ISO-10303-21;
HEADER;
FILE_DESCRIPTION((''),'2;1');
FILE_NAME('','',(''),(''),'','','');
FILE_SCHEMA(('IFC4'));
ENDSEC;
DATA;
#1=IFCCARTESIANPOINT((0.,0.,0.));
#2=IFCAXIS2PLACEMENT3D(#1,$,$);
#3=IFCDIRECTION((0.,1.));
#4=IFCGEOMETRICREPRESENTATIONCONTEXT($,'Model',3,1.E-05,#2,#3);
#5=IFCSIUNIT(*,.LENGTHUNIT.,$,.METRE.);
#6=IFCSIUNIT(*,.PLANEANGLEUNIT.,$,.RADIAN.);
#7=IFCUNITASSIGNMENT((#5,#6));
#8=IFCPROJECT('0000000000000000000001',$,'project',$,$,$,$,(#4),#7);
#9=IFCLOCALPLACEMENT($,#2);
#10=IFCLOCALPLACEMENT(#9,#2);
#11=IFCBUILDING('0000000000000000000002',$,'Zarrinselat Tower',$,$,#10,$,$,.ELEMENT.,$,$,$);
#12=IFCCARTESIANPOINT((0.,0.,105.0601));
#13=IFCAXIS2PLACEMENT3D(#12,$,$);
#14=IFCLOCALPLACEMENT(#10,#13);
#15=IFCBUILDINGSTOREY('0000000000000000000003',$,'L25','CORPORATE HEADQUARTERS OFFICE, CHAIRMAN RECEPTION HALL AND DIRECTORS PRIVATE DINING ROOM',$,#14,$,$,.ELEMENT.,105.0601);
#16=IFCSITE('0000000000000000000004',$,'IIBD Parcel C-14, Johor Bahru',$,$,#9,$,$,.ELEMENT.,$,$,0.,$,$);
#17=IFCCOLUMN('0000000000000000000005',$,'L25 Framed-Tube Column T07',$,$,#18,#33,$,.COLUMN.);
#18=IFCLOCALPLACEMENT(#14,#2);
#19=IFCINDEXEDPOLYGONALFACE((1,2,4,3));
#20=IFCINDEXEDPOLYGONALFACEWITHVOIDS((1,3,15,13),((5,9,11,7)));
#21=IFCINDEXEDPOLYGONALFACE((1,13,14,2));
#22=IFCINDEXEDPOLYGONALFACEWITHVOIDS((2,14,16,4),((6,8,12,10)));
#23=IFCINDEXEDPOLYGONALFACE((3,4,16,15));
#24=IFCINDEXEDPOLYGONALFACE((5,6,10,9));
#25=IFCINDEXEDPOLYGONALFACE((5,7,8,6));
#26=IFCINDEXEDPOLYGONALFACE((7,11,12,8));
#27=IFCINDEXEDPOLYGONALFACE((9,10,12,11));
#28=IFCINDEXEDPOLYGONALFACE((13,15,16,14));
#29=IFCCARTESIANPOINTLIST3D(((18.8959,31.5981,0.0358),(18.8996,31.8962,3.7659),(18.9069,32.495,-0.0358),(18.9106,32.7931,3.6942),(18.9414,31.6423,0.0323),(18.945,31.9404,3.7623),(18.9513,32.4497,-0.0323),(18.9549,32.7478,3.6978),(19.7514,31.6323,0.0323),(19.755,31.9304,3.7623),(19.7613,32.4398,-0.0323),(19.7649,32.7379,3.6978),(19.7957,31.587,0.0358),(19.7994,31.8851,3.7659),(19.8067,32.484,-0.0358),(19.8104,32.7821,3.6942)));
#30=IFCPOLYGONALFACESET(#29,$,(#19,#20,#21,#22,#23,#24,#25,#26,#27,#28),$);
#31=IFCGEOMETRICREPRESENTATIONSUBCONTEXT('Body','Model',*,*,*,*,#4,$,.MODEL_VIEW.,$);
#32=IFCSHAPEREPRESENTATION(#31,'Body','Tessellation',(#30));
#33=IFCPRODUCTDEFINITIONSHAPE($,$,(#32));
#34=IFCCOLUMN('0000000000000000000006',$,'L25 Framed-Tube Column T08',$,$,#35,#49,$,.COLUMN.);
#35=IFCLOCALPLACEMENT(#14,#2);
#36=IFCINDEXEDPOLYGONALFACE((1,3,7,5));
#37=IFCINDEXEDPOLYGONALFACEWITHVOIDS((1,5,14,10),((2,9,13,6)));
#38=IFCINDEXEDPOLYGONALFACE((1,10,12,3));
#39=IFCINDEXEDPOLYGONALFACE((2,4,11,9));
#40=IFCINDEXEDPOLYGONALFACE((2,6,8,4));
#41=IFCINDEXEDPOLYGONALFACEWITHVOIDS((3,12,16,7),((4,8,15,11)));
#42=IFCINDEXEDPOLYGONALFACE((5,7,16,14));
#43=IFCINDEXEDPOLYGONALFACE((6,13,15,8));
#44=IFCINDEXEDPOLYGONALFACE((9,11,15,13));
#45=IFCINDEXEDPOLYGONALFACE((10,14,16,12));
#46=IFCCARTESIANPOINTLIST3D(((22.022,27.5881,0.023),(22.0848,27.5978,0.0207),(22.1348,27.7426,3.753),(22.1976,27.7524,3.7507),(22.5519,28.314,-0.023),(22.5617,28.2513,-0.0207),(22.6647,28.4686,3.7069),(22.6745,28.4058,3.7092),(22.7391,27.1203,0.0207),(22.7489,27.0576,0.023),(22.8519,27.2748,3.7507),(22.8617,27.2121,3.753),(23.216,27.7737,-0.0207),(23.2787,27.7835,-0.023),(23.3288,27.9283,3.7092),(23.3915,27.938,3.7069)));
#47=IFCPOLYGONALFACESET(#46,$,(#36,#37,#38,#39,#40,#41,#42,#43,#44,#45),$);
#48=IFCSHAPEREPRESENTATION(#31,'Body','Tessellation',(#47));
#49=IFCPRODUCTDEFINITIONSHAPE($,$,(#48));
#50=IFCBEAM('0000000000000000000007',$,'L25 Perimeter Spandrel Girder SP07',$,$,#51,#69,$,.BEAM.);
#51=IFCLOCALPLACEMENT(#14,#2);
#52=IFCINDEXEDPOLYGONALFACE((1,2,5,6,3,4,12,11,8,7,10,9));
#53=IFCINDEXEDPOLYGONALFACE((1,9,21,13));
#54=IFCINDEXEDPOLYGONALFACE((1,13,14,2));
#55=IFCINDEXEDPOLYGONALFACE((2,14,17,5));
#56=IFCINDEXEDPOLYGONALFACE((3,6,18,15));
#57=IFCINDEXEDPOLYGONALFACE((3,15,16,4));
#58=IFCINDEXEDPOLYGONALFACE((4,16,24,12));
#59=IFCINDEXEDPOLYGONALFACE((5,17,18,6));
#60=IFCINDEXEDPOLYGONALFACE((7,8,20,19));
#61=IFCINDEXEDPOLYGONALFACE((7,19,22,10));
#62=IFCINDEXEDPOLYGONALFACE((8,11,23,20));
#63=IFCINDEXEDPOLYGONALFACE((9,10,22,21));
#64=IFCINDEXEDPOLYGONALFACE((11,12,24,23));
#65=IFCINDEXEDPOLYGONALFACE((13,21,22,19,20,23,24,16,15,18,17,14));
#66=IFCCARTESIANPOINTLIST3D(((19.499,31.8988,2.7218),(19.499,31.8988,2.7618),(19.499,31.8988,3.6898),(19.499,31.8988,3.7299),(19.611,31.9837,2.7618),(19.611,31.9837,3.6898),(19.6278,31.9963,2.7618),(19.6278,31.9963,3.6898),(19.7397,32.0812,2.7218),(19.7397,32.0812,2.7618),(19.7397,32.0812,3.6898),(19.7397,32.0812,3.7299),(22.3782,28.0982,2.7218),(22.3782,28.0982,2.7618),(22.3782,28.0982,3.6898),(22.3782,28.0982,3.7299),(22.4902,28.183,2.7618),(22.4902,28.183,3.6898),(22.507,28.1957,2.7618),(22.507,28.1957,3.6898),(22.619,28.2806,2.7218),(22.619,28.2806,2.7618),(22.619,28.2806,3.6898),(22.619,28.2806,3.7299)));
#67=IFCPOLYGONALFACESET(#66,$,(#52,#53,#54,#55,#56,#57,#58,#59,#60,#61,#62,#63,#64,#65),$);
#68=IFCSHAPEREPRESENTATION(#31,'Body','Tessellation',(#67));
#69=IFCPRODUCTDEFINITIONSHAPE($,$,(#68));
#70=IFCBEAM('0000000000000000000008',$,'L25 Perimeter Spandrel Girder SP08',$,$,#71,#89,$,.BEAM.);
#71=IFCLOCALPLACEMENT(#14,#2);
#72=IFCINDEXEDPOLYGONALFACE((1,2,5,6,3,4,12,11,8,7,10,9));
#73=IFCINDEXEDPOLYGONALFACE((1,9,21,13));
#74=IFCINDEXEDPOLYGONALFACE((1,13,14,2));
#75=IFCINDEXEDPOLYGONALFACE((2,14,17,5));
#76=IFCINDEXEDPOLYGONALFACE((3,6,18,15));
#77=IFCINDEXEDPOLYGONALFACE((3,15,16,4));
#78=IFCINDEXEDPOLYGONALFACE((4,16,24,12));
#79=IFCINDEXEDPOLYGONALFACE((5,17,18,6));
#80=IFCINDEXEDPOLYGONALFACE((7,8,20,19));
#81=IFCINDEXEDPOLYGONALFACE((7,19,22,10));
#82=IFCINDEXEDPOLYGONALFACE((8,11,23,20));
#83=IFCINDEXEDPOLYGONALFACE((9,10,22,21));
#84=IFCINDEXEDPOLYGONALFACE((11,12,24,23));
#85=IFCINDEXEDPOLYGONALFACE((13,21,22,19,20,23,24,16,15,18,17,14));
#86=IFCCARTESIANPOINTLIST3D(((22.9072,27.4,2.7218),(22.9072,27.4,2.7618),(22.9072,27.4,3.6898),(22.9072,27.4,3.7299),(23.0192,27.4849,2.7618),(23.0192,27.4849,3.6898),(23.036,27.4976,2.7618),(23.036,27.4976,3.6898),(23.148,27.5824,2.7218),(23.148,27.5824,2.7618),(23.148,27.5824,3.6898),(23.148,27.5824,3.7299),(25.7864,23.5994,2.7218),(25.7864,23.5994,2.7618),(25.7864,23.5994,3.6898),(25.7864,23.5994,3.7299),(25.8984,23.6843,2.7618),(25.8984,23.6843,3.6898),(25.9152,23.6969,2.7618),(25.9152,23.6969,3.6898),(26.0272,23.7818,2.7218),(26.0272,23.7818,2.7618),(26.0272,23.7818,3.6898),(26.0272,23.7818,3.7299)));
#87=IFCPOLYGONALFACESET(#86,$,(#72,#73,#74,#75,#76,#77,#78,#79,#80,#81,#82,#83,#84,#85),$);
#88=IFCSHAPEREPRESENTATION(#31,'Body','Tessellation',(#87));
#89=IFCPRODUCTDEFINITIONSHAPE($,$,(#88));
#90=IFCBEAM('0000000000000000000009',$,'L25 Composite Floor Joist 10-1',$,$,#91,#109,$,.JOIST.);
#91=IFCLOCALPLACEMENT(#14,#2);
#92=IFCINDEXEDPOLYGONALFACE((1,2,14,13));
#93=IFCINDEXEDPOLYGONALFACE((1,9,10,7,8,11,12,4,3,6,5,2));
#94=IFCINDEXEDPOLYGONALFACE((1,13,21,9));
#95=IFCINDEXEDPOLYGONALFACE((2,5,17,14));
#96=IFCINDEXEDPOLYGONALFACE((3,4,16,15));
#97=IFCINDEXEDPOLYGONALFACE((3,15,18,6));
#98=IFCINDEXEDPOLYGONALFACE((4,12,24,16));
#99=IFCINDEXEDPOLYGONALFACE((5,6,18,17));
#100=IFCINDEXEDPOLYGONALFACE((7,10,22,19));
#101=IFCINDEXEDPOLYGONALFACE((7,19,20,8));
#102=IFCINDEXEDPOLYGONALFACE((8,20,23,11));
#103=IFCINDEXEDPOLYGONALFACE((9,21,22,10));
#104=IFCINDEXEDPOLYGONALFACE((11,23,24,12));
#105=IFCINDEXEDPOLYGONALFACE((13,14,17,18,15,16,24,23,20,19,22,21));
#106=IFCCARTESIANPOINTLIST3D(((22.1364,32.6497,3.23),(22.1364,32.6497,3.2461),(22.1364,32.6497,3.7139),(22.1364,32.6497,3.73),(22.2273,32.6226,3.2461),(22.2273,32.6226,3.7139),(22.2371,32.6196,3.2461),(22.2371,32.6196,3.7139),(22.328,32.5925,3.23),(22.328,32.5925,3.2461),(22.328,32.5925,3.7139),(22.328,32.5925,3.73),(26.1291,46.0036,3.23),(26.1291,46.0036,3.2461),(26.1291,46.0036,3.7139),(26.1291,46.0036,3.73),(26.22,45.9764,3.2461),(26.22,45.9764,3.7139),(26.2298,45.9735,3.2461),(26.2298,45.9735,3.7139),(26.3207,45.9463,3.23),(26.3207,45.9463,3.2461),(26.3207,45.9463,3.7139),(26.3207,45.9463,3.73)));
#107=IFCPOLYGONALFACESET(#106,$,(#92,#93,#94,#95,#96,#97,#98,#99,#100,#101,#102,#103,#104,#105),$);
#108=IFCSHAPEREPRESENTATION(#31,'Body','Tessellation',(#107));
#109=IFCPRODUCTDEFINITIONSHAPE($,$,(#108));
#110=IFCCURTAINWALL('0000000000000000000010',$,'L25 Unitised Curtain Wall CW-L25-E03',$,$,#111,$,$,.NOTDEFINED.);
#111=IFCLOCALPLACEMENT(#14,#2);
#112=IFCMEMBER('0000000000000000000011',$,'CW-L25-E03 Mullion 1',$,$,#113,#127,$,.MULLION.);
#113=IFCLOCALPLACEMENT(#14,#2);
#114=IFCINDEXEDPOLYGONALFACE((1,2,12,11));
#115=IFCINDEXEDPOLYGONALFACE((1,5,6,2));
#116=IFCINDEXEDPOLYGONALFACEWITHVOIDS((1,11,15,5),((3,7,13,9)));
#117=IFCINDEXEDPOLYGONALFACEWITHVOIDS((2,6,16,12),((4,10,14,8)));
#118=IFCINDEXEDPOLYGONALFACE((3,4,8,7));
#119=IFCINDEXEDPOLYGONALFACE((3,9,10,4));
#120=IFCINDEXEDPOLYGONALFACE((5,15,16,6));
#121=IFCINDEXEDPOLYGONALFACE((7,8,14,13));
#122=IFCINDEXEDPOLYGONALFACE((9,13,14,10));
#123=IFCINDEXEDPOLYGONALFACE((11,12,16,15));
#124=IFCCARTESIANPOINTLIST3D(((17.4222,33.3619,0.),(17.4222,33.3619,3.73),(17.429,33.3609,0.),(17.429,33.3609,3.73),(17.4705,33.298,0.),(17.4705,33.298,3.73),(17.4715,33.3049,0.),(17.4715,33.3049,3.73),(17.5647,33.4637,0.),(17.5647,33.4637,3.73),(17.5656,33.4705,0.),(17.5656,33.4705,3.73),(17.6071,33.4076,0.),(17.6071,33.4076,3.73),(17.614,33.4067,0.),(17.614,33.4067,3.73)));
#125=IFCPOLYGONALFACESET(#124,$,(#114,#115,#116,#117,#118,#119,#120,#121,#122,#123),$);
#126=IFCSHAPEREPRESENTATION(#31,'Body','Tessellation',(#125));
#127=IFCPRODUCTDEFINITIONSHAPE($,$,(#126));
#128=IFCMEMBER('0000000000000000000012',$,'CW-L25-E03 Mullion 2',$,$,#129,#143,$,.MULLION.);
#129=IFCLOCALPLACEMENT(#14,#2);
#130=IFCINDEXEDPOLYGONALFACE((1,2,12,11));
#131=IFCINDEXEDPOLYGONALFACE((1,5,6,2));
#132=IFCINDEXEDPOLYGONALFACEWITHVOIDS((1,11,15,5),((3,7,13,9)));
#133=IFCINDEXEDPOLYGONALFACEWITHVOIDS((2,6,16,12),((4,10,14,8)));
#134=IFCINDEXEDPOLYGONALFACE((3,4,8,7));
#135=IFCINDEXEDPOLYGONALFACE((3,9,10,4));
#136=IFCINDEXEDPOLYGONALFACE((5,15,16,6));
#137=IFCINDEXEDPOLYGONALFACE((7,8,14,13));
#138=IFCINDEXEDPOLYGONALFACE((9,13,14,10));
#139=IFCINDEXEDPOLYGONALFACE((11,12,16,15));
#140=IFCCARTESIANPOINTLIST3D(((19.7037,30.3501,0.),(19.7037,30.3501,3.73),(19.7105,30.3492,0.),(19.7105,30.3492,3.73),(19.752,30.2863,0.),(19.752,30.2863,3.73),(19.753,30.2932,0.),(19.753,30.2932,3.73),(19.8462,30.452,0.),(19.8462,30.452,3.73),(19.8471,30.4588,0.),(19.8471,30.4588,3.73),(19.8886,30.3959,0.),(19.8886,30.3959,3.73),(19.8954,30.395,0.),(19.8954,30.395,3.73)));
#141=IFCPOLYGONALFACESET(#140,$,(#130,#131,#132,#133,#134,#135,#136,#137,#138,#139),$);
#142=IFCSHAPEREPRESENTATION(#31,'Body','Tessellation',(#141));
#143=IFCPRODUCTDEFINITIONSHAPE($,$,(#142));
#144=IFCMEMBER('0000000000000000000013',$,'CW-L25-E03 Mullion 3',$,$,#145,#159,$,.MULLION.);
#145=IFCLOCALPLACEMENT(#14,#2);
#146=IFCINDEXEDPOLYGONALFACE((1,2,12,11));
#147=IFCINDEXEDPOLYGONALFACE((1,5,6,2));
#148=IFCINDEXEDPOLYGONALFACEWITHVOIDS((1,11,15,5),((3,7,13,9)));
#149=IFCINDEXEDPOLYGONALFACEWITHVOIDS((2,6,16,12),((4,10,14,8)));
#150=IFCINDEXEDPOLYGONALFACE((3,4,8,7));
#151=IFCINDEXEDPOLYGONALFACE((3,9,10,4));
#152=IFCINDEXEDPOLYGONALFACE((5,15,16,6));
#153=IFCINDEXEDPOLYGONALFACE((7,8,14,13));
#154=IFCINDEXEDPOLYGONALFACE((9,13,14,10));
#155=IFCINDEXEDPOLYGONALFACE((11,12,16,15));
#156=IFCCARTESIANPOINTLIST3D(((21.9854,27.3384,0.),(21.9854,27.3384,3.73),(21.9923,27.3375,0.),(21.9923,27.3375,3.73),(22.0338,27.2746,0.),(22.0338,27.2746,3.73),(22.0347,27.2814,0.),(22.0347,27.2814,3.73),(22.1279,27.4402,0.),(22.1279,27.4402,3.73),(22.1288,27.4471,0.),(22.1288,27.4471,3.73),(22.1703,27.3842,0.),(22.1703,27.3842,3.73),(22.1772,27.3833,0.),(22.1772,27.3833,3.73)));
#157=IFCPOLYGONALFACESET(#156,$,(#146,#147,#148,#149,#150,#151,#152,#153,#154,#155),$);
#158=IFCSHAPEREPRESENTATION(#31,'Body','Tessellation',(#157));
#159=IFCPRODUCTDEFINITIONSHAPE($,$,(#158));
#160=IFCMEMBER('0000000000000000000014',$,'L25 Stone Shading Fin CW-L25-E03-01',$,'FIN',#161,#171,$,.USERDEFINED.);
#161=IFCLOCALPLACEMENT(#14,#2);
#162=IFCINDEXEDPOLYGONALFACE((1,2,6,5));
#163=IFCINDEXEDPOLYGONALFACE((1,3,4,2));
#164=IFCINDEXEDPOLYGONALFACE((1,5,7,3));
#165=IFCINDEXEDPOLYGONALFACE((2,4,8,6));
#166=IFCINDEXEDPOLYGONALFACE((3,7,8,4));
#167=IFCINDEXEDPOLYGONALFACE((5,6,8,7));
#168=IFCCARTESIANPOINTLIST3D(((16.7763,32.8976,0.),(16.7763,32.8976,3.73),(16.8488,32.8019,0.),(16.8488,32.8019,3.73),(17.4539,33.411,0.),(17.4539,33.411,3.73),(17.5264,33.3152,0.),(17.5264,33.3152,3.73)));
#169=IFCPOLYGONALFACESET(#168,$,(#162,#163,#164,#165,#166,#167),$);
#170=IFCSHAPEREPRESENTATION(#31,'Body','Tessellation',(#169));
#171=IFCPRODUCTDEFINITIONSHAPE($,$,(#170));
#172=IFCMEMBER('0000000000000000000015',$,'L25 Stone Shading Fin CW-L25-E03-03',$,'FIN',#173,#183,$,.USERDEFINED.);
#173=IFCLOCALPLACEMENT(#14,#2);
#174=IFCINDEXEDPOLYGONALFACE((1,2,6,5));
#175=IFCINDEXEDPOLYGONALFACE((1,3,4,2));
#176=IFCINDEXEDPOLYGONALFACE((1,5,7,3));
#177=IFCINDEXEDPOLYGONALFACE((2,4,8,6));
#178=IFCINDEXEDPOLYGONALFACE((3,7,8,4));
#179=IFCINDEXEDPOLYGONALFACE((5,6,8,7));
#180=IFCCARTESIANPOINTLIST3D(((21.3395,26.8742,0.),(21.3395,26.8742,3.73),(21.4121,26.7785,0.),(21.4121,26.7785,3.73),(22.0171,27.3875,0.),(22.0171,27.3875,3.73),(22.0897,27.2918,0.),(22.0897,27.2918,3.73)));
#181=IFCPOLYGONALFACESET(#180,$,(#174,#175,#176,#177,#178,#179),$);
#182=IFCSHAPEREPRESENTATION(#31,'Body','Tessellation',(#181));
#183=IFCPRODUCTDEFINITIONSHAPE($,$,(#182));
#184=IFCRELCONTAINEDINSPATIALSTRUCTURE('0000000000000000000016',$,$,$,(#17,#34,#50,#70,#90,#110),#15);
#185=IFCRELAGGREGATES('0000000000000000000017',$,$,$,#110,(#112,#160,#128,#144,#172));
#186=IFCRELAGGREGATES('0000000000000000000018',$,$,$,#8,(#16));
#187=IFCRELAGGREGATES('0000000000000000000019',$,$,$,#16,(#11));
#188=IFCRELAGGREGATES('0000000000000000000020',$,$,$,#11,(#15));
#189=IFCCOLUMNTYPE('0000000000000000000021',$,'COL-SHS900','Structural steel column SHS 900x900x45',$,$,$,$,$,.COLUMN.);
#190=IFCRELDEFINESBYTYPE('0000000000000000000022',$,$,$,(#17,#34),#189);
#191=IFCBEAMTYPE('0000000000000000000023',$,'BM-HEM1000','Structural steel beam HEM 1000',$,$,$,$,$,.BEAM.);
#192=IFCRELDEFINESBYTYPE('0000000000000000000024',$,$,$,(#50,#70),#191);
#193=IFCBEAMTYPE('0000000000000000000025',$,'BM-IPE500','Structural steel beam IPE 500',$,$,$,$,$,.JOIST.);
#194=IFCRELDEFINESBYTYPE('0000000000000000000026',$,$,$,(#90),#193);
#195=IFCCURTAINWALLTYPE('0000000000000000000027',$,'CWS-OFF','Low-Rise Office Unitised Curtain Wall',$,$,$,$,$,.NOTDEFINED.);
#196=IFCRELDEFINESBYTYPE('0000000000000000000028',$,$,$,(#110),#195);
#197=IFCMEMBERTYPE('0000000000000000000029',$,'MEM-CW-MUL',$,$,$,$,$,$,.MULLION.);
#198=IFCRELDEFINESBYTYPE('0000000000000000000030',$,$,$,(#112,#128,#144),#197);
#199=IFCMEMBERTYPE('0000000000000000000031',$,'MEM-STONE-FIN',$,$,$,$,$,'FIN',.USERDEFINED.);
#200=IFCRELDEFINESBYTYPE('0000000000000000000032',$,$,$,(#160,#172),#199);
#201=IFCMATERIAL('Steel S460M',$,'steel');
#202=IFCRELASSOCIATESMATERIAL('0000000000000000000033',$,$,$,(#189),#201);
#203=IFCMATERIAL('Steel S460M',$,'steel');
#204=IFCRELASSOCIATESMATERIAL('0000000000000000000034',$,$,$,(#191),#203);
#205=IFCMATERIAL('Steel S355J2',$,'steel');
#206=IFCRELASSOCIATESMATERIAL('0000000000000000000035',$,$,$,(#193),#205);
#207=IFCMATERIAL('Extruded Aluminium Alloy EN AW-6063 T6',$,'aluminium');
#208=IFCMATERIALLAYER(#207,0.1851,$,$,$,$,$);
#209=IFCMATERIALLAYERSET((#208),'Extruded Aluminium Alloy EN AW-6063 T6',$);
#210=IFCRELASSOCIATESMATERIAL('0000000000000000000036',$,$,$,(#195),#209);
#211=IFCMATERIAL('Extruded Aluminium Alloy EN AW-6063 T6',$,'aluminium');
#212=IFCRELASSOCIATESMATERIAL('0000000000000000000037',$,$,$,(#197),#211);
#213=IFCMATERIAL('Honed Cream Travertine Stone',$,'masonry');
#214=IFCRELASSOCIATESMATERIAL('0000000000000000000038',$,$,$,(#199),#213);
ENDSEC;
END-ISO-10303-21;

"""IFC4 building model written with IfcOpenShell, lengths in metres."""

from ifc_helpers import new_model, si_unit, direction, frame, origin, origin_2d, place, context, subcontext, project, spatial, rectangle, hollow_rectangle, i_section, extrude, material, layer, layer_set, material_profile, profile_set, type_object, element, aggregate, save


model = new_model("IFC4")

# Units and contexts
model_context = context("Model", 3, precision=1e-05, world=origin(), true_north=direction((0.0, 1.0)))
body_context = subcontext(model_context, "Body", "Model", "MODEL_VIEW")
ifc_project = project(units=[si_unit("LENGTHUNIT", "METRE"), si_unit("PLANEANGLEUNIT", "RADIAN")], contexts=[model_context])

# Site, building, storey
site_placement = place(None, origin())
site = spatial("IfcSite", under=ifc_project, at=site_placement, Name="IIBD Parcel C-14, Johor Bahru", CompositionType="ELEMENT", RefElevation=0.0)
building_placement = place(site_placement, origin())
building = spatial("IfcBuilding", under=site, at=building_placement, Name="Zarrinselat Tower", CompositionType="ELEMENT")
storey_placement = place(building_placement, frame((0.0, 0.0, 105.0601)))
storey = spatial("IfcBuildingStorey", under=building, at=storey_placement, Name="L25", Description="CORPORATE HEADQUARTERS OFFICE, CHAIRMAN RECEPTION HALL AND DIRECTORS PRIVATE DINING ROOM", CompositionType="ELEMENT", Elevation=105.0601)

# Columns
ifc_material_1 = material(Name="Steel S460M", Category="steel")
ifc_material_profile_1 = material_profile(ifc_material_1, hollow_rectangle(XDim=0.8999, YDim=0.8999, WallThickness=0.0449, at=origin_2d()), Name="SHS 900x900x45")
ifc_profile_set_1 = profile_set([ifc_material_profile_1], Name="Steel S460M")
column_type = type_object("IfcColumnType", Name="COL-SHS900", Description="Structural steel column SHS 900x900x45", PredefinedType="COLUMN", material=ifc_profile_set_1)
column_1_placement = place(storey_placement, frame((19.3513, 32.041, 0.0), z_axis=(0.000979, 0.079665, 0.996821), x_axis=(-0.999925, 0.012284, 0.0)))
element("IfcColumn", 1, at=column_1_placement, inside=storey, type_object=column_type, Name="L25 Framed-Tube Column T07", PredefinedType="COLUMN", context=body_context, shape_type="SweptSolid", body=[
    extrude(hollow_rectangle(XDim=0.8999, YDim=0.8999, WallThickness=0.0449, at=origin_2d()), origin(), (0.0, 0.0, 1.0), 3.7419),
])
column_2_placement = place(storey_placement, frame((22.6504, 27.6858, 0.0), z_axis=(0.0302, 0.041378, 0.998687), x_axis=(-0.807742, 0.589537, 0.0)))
element("IfcColumn", 2, at=column_2_placement, inside=storey, type_object=column_type, Name="L25 Framed-Tube Column T08", PredefinedType="COLUMN", context=body_context, shape_type="SweptSolid", body=[
    extrude(hollow_rectangle(XDim=0.8999, YDim=0.8999, WallThickness=0.0449, at=origin_2d()), origin(), (0.0, 0.0, 1.0), 3.7349),
])

# Beams
ifc_material_2 = material(Name="Steel S460M", Category="steel")
ifc_material_profile_2 = material_profile(ifc_material_2, i_section(OverallWidth=0.302, OverallDepth=1.0081, WebThickness=0.021, FlangeThickness=0.04, at=origin_2d()), Name="HEM 1000")
ifc_profile_set_2 = profile_set([ifc_material_profile_2], Name="Steel S460M")
beam_type_1 = type_object("IfcBeamType", Name="BM-HEM1000", Description="Structural steel beam HEM 1000", PredefinedType="BEAM", material=ifc_profile_set_2)
for number, where, z_axis, x_axis, name in (
    (3, (19.6194, 31.99, 3.2258), (0.603852, -0.797097, 0.0), (0.797097, 0.603852, 0.0), "L25 Perimeter Spandrel Girder SP07"),
    (4, (23.0276, 27.4912, 3.2258), (0.603852, -0.797097, 0.0), (0.797097, 0.603852, 0.0), "L25 Perimeter Spandrel Girder SP08"),
):
    element("IfcBeam", number, at=place(storey_placement, frame(where, z_axis=z_axis, x_axis=x_axis)), inside=storey, type_object=beam_type_1, Name=name, PredefinedType="BEAM", context=body_context, shape_type="SweptSolid", body=[
        extrude(i_section(OverallWidth=0.302, OverallDepth=1.0081, WebThickness=0.021, FlangeThickness=0.04, at=origin_2d()), origin(), (0.0, 0.0, 1.0), 4.7681),
    ])
ifc_material_3 = material(Name="Steel S355J2", Category="steel")
ifc_material_profile_3 = material_profile(ifc_material_3, i_section(OverallWidth=0.2, OverallDepth=0.5, WebThickness=0.0103, FlangeThickness=0.0161, at=origin_2d()), Name="IPE 500")
ifc_profile_set_3 = profile_set([ifc_material_profile_3], Name="Steel S355J2")
beam_type_2 = type_object("IfcBeamType", Name="BM-IPE500", Description="Structural steel beam IPE 500", PredefinedType="JOIST", material=ifc_profile_set_3)
beam_placement = place(storey_placement, frame((22.2322, 32.6211, 3.48), z_axis=(0.286462, 0.958092, 0.0), x_axis=(-0.958092, 0.286462, 0.0)))
element("IfcBeam", 5, at=beam_placement, inside=storey, type_object=beam_type_2, Name="L25 Composite Floor Joist 10-1", PredefinedType="JOIST", context=body_context, shape_type="SweptSolid", body=[
    extrude(i_section(OverallWidth=0.2, OverallDepth=0.5, WebThickness=0.0103, FlangeThickness=0.0161, at=origin_2d()), origin(), (0.0, 0.0, 1.0), 13.938),
])

# Curtain wall, members
ifc_material_4 = material(Name="Extruded Aluminium Alloy EN AW-6063 T6", Category="aluminium")
ifc_layer_1 = layer(ifc_material_4, 0.1851)
ifc_layer_set_1 = layer_set([ifc_layer_1], Name="Extruded Aluminium Alloy EN AW-6063 T6")
curtain_wall_type = type_object("IfcCurtainWallType", Name="CWS-OFF", Description="Low-Rise Office Unitised Curtain Wall", PredefinedType="NOTDEFINED", material=ifc_layer_set_1)
curtain_wall_placement = place(storey_placement, origin())
curtain_wall = element("IfcCurtainWall", 6, at=curtain_wall_placement, inside=storey, type_object=curtain_wall_type, Name="L25 Unitised Curtain Wall CW-L25-E03", PredefinedType="NOTDEFINED")
ifc_material_5 = material(Name="Extruded Aluminium Alloy EN AW-6063 T6", Category="aluminium")
ifc_material_profile_4 = material_profile(ifc_material_5, hollow_rectangle(XDim=0.0801, YDim=0.1799, WallThickness=0.0049, at=origin_2d()), Name="RHS 180x80x5")
ifc_profile_set_4 = profile_set([ifc_material_profile_4], Name="Extruded Aluminium Alloy EN AW-6063 T6")
member_type_1 = type_object("IfcMemberType", Name="MEM-CW-MUL", PredefinedType="MULLION", material=ifc_profile_set_4)
member_1_placement = place(storey_placement, frame((17.5181, 33.3843, 0.0), z_axis=(0.0, 0.0, 1.0), x_axis=(0.603858, -0.797092, 0.0)))
member_1 = element("IfcMember", 7, at=member_1_placement, type_object=member_type_1, Name="CW-L25-E03 Mullion 1", PredefinedType="MULLION", context=body_context, shape_type="SweptSolid", body=[
    extrude(hollow_rectangle(XDim=0.0801, YDim=0.1799, WallThickness=0.0049, at=origin_2d()), origin(), (0.0, 0.0, 1.0), 3.73),
])
member_2_placement = place(storey_placement, frame((19.7996, 30.3726, 0.0), z_axis=(0.0, 0.0, 1.0), x_axis=(0.603858, -0.797092, 0.0)))
member_2 = element("IfcMember", 8, at=member_2_placement, type_object=member_type_1, Name="CW-L25-E03 Mullion 2", PredefinedType="MULLION", context=body_context, shape_type="SweptSolid", body=[
    extrude(hollow_rectangle(XDim=0.0801, YDim=0.1799, WallThickness=0.0049, at=origin_2d()), origin(), (0.0, 0.0, 1.0), 3.73),
])
member_3_placement = place(storey_placement, frame((22.0813, 27.3608, 0.0), z_axis=(0.0, 0.0, 1.0), x_axis=(0.603858, -0.797092, 0.0)))
member_3 = element("IfcMember", 9, at=member_3_placement, type_object=member_type_1, Name="CW-L25-E03 Mullion 3", PredefinedType="MULLION", context=body_context, shape_type="SweptSolid", body=[
    extrude(hollow_rectangle(XDim=0.0801, YDim=0.1799, WallThickness=0.0049, at=origin_2d()), origin(), (0.0, 0.0, 1.0), 3.73),
])
ifc_material_6 = material(Name="Honed Cream Travertine Stone", Category="masonry")
ifc_material_profile_5 = material_profile(ifc_material_6, rectangle(XDim=0.1201, YDim=0.8501, at=origin_2d()), Name="FIN 850x120")
ifc_profile_set_5 = profile_set([ifc_material_profile_5], Name="Honed Cream Travertine Stone")
member_type_2 = type_object("IfcMemberType", Name="MEM-STONE-FIN", ElementType="FIN", PredefinedType="USERDEFINED", material=ifc_profile_set_5)
member_4_placement = place(storey_placement, frame((17.1514, 33.1064, 0.0), z_axis=(0.0, 0.0, 1.0), x_axis=(-0.603858, 0.797092, 0.0)))
member_4 = element("IfcMember", 10, at=member_4_placement, type_object=member_type_2, Name="L25 Stone Shading Fin CW-L25-E03-01", ObjectType="FIN", PredefinedType="USERDEFINED", context=body_context, shape_type="SweptSolid", body=[
    extrude(rectangle(XDim=0.1201, YDim=0.8501, at=origin_2d()), origin(), (0.0, 0.0, 1.0), 3.73),
])
member_5_placement = place(storey_placement, frame((21.7146, 27.083, 0.0), z_axis=(0.0, 0.0, 1.0), x_axis=(-0.603858, 0.797092, 0.0)))
member_5 = element("IfcMember", 11, at=member_5_placement, type_object=member_type_2, Name="L25 Stone Shading Fin CW-L25-E03-03", ObjectType="FIN", PredefinedType="USERDEFINED", context=body_context, shape_type="SweptSolid", body=[
    extrude(rectangle(XDim=0.1201, YDim=0.8501, at=origin_2d()), origin(), (0.0, 0.0, 1.0), 3.73),
])
aggregate(curtain_wall, [member_1, member_4, member_2, member_3, member_5])

save(model, "model.ifc")
